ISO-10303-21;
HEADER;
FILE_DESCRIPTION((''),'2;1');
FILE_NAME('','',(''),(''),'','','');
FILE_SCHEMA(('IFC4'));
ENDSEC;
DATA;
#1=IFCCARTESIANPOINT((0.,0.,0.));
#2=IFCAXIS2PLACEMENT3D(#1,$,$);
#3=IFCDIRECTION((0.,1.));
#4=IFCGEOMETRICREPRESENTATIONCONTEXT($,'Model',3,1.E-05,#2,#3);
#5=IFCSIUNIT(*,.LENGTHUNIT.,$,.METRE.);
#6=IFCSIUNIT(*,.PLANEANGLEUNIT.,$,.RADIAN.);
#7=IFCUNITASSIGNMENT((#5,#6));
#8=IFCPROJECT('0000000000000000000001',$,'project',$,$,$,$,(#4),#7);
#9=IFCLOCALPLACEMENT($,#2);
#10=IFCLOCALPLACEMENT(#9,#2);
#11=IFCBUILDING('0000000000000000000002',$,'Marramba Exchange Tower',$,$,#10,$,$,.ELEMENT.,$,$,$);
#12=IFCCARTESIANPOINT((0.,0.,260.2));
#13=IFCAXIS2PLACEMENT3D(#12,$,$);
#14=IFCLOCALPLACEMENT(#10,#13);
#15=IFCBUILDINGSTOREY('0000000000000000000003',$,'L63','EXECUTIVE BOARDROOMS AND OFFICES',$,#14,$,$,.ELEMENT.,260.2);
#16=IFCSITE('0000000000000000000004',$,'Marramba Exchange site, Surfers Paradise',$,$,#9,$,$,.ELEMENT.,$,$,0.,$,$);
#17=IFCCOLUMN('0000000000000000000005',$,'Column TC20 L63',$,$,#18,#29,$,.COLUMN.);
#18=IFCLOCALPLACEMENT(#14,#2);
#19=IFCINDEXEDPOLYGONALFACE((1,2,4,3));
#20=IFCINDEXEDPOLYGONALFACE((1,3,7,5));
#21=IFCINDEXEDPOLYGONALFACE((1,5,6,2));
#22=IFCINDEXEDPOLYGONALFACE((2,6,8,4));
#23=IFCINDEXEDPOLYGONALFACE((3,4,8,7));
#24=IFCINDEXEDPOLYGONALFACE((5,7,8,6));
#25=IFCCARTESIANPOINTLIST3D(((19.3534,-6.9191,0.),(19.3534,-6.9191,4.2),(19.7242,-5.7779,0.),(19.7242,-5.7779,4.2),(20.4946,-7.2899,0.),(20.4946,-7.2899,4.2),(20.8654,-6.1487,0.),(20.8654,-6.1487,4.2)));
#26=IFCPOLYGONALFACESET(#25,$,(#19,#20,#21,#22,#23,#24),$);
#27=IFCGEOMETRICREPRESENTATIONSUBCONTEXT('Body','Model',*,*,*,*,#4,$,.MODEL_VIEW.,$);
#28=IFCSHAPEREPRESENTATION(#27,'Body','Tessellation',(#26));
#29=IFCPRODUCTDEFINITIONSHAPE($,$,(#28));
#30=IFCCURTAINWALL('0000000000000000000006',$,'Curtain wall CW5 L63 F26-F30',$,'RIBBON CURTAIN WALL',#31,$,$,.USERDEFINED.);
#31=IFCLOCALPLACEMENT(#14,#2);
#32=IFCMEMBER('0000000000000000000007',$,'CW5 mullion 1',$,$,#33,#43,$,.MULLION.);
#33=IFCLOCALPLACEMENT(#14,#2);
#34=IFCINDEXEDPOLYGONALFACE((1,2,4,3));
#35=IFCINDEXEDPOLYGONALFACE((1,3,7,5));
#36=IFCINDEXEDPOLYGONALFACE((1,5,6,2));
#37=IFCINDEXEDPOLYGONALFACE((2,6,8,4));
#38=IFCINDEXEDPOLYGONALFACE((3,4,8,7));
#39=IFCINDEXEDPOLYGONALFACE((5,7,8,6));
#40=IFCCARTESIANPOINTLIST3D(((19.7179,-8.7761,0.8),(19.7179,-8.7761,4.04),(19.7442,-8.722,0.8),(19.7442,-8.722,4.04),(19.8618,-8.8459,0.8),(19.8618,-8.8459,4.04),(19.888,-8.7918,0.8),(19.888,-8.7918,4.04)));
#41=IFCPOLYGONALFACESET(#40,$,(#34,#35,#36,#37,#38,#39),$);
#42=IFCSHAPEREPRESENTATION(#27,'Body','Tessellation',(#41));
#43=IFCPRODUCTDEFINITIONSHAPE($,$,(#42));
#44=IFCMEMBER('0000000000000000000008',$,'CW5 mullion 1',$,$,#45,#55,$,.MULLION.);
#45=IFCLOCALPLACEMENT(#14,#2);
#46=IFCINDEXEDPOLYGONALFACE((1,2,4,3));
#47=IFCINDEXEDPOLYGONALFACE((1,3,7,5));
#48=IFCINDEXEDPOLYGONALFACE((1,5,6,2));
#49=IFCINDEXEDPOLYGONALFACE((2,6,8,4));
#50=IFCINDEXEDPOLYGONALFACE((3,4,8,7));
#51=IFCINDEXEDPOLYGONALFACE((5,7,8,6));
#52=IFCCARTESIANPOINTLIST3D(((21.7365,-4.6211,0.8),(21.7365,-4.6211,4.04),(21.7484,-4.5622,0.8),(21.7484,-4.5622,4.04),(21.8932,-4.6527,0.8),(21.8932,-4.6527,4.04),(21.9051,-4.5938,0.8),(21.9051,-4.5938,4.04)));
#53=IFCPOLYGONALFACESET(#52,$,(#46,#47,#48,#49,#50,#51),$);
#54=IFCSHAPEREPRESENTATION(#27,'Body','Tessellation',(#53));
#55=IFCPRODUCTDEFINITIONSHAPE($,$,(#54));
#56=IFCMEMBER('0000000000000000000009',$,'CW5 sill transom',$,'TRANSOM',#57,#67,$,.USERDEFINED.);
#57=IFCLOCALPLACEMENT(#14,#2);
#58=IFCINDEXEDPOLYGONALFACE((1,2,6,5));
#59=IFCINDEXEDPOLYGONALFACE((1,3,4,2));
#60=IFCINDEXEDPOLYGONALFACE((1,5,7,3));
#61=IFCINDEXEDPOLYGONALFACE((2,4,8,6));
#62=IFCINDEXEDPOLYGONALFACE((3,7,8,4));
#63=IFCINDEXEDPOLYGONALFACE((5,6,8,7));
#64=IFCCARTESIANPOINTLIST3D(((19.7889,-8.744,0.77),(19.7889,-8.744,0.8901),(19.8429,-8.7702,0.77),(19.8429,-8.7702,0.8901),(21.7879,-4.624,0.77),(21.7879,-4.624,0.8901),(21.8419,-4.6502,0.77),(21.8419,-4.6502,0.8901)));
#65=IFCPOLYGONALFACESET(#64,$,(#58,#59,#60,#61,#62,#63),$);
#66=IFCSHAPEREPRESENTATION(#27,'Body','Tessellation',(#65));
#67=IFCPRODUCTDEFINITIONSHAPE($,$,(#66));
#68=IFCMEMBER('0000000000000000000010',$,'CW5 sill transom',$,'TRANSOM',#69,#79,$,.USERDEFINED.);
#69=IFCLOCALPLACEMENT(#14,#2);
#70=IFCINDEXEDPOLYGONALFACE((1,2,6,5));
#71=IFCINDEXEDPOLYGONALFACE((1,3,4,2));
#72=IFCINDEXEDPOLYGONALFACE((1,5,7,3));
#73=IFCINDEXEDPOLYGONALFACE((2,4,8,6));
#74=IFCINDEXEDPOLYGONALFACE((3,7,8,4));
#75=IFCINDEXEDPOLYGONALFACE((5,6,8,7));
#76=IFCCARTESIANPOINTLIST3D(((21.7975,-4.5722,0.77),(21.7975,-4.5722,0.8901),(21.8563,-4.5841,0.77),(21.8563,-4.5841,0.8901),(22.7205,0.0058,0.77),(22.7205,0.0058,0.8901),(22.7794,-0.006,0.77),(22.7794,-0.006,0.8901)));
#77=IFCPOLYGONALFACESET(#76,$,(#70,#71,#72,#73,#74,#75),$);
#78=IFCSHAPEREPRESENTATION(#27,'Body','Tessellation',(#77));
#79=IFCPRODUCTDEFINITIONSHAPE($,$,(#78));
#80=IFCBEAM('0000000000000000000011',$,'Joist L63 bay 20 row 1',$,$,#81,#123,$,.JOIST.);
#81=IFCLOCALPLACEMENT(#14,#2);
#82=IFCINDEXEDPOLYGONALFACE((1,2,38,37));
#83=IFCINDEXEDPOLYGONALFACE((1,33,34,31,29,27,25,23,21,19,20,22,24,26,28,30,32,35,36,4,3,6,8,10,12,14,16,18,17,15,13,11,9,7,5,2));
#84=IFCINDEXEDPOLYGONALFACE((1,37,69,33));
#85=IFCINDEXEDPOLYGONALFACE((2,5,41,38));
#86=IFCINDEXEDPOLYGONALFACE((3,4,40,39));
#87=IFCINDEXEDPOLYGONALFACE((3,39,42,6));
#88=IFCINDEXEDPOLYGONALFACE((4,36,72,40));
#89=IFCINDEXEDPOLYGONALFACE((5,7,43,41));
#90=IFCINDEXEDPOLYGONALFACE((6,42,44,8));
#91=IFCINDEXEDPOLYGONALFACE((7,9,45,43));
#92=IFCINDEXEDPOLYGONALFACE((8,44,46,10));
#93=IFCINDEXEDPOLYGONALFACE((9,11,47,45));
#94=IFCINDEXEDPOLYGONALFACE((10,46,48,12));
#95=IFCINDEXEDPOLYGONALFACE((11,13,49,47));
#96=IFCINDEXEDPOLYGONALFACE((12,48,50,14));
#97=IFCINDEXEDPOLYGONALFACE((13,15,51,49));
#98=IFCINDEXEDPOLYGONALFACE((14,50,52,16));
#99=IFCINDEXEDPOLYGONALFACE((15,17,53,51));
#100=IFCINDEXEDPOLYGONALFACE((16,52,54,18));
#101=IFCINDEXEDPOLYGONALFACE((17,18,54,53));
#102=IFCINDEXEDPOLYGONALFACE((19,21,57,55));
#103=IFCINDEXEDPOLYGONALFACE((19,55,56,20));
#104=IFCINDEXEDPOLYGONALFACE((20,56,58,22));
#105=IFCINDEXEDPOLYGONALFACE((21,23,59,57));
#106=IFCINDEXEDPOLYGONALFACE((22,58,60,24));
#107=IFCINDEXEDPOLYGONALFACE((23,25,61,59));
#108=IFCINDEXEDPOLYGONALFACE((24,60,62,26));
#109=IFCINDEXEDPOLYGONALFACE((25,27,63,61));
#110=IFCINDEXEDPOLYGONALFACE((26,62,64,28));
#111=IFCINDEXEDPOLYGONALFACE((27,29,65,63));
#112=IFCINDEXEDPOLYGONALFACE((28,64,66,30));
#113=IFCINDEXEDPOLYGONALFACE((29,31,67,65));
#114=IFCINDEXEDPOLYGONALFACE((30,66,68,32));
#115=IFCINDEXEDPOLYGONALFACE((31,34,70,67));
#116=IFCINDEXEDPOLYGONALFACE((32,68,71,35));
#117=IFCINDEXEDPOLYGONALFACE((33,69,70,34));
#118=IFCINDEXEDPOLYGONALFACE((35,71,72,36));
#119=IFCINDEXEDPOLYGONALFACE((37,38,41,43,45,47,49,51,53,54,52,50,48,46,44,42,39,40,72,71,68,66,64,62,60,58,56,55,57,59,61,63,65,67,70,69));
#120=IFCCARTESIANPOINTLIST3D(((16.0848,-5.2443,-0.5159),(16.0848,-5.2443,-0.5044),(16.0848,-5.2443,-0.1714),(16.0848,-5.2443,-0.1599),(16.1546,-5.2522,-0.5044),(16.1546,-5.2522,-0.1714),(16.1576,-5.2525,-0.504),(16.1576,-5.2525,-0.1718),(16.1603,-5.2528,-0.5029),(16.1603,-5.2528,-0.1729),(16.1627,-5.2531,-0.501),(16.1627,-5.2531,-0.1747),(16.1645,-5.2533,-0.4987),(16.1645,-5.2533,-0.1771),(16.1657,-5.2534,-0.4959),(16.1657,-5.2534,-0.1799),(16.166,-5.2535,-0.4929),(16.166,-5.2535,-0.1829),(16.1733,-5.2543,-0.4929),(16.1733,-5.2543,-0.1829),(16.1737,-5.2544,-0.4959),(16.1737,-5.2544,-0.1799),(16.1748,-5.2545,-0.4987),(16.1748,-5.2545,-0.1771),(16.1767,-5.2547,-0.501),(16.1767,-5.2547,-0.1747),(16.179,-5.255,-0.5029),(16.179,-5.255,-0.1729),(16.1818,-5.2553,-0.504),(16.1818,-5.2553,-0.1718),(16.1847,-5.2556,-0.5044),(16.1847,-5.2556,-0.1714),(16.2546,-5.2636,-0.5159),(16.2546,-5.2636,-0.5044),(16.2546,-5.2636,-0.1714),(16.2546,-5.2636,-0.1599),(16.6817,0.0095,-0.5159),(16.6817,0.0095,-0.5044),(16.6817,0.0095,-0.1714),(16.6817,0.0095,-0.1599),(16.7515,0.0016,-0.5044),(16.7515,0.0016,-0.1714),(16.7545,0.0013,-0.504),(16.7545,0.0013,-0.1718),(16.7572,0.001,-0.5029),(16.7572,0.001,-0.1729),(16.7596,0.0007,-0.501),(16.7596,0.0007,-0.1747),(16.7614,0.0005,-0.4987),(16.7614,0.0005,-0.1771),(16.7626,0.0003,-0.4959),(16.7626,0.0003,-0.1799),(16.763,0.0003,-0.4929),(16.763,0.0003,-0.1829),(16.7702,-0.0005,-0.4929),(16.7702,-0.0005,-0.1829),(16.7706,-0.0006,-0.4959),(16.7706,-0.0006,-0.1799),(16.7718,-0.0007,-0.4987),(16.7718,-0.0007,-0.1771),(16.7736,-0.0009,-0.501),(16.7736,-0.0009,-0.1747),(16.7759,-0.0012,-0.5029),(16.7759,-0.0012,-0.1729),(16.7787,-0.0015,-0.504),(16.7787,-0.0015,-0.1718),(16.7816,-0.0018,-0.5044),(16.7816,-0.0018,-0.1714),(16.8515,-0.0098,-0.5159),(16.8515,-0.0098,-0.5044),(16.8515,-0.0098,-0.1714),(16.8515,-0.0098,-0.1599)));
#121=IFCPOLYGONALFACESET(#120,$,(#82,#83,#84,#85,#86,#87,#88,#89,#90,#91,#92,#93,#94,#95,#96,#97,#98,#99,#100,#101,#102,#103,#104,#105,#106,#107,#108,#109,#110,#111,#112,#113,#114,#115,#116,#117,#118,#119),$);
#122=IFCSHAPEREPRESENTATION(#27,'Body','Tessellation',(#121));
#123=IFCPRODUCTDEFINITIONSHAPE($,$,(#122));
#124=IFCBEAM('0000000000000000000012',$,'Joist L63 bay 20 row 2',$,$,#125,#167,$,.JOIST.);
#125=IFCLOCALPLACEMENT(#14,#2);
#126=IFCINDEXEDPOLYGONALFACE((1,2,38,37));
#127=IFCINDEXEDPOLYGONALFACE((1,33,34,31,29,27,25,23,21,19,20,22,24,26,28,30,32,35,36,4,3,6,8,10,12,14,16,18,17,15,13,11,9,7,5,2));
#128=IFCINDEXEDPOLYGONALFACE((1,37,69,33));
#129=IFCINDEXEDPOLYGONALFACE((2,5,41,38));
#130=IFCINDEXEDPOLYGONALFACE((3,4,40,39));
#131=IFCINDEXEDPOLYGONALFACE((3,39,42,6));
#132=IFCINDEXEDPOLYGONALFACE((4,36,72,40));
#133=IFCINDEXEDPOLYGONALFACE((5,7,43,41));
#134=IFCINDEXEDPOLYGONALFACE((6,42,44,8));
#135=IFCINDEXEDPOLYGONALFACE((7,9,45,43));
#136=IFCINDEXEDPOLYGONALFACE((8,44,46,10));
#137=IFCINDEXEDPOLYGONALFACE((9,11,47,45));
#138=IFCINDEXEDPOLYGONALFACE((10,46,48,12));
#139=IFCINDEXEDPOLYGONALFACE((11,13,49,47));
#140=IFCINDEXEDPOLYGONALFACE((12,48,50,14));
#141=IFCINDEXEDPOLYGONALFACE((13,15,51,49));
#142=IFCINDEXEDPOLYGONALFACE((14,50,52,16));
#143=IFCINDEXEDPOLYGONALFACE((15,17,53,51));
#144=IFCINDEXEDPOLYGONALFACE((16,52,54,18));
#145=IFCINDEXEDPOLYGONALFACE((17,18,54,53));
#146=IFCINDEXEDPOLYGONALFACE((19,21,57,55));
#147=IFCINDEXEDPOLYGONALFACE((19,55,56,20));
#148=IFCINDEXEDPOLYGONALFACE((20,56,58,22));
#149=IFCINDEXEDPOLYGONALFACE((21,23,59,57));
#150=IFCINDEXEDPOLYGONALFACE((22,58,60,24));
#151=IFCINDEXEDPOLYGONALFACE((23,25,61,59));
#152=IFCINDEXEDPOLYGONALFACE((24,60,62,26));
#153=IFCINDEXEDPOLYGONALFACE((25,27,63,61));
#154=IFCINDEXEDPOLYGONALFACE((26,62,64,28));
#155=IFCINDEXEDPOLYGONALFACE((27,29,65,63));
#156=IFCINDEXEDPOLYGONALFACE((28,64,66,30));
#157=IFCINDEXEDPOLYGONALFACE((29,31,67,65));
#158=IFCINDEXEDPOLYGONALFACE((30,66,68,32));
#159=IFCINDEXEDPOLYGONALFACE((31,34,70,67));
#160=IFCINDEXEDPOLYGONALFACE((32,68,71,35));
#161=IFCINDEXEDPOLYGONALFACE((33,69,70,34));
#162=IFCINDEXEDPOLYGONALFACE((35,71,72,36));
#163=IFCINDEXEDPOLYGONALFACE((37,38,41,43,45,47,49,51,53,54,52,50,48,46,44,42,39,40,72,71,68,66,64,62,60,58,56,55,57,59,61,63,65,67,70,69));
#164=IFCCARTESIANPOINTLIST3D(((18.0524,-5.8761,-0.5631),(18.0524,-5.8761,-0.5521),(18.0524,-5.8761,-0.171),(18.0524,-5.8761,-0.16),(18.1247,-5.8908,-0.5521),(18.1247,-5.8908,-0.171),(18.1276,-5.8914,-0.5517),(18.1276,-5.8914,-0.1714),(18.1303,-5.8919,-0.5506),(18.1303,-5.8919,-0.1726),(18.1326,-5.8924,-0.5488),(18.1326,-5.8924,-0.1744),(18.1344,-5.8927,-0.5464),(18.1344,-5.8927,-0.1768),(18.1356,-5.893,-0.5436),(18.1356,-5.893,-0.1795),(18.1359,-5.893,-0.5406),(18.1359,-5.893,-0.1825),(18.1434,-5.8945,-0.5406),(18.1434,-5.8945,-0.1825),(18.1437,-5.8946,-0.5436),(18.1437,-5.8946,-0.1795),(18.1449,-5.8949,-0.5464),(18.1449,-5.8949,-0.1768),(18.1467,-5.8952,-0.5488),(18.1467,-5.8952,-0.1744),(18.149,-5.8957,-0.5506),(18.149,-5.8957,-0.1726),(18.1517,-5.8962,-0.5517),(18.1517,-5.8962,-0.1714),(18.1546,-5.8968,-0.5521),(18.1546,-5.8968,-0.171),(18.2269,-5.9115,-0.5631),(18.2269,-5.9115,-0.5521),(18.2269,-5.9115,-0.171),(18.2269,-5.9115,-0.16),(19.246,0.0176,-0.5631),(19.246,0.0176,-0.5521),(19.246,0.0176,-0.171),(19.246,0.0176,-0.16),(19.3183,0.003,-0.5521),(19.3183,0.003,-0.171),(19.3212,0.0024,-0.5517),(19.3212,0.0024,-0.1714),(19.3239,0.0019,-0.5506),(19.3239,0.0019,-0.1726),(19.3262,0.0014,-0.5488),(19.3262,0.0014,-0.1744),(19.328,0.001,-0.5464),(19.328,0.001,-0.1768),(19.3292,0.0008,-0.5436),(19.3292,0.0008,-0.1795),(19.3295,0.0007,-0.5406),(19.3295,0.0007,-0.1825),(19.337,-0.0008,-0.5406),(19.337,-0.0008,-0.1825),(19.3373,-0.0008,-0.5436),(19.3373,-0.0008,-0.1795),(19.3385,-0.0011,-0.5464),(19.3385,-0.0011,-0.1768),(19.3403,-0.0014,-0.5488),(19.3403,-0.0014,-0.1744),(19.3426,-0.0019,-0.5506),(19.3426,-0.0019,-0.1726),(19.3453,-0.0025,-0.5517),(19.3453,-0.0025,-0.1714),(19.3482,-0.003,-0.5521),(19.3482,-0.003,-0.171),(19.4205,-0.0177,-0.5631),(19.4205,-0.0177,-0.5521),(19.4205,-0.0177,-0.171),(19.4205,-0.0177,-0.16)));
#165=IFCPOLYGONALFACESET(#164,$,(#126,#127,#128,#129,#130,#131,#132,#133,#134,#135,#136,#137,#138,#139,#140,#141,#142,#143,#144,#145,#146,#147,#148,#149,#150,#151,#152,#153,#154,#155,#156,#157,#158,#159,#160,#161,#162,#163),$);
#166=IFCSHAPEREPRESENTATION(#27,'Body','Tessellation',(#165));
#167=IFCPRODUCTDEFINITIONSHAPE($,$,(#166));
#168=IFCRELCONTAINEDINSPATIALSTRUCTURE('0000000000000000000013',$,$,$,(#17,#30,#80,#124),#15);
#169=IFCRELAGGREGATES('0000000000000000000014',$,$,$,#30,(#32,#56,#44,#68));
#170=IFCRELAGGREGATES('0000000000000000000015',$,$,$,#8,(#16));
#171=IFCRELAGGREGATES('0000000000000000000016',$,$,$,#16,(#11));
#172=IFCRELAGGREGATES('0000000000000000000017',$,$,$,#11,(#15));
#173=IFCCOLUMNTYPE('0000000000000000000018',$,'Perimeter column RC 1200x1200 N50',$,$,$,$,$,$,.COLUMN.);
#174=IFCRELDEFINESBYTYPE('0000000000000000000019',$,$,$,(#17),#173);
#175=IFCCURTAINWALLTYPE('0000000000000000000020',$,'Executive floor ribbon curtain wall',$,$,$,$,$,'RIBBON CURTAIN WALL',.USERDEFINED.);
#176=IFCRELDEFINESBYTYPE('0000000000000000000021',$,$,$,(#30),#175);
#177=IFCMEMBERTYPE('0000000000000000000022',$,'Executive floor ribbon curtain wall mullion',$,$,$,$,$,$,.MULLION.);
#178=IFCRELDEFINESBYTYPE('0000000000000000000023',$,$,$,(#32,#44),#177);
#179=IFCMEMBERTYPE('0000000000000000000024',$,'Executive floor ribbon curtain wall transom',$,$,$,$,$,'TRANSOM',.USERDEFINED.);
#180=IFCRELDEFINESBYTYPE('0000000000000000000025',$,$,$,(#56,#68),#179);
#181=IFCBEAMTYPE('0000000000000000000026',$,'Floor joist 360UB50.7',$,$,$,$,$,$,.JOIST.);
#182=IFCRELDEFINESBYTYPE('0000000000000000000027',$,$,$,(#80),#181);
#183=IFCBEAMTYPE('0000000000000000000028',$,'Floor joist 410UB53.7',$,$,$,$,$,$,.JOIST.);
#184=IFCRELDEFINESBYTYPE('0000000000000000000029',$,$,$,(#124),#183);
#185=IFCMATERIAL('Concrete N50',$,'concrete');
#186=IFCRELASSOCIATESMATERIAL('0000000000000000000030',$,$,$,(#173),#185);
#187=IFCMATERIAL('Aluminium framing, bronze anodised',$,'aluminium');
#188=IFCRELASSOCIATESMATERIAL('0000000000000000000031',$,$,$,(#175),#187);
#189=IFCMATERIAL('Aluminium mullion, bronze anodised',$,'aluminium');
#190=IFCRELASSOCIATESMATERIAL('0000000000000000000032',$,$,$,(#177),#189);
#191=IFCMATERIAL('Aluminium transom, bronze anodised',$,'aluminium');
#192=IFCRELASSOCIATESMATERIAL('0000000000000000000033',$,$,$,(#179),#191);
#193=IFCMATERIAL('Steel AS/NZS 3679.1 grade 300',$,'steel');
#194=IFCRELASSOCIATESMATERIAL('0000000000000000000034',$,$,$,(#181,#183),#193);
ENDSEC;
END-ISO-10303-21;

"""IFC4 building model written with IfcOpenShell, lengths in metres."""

from ifc_helpers import new_model, si_unit, direction, frame, origin, origin_2d, place, context, subcontext, project, spatial, rectangle, i_section, extrude, material, material_profile, profile_set, type_object, element, aggregate, save


model = new_model("IFC4")

# Units and contexts
model_context = context("Model", 3, precision=1e-05, world=origin(), true_north=direction((0.0, 1.0)))
body_context = subcontext(model_context, "Body", "Model", "MODEL_VIEW")
ifc_project = project(units=[si_unit("LENGTHUNIT", "METRE"), si_unit("PLANEANGLEUNIT", "RADIAN")], contexts=[model_context])

# Site, building, storey
site_placement = place(None, origin())
site = spatial("IfcSite", under=ifc_project, at=site_placement, Name="Marramba Exchange site, Surfers Paradise", CompositionType="ELEMENT", RefElevation=0.0)
building_placement = place(site_placement, origin())
building = spatial("IfcBuilding", under=site, at=building_placement, Name="Marramba Exchange Tower", CompositionType="ELEMENT")
storey_placement = place(building_placement, frame((0.0, 0.0, 260.2)))
storey = spatial("IfcBuildingStorey", under=building, at=storey_placement, Name="L63", Description="EXECUTIVE BOARDROOMS AND OFFICES", CompositionType="ELEMENT", Elevation=260.2)

# Column
ifc_material_1 = material(Name="Concrete N50", Category="concrete")
ifc_material_profile_1 = material_profile(ifc_material_1, rectangle(XDim=1.2, YDim=1.2, at=origin_2d()), Name="RC 1200x1200")
ifc_profile_set_1 = profile_set([ifc_material_profile_1], Name="Concrete N50")
column_type = type_object("IfcColumnType", Name="Perimeter column RC 1200x1200 N50", PredefinedType="COLUMN", material=ifc_profile_set_1)
column_placement = place(storey_placement, frame((20.1094, -6.5339, 0.0), z_axis=(0.0, 0.0, 1.0), x_axis=(0.951057, -0.309017, 0.0)))
element("IfcColumn", 1, at=column_placement, inside=storey, type_object=column_type, Name="Column TC20 L63", PredefinedType="COLUMN", context=body_context, shape_type="SweptSolid", body=[
    extrude(rectangle(XDim=1.2, YDim=1.2, at=origin_2d()), origin(), (0.0, 0.0, 1.0), 4.2),
])

# Curtain wall, members
ifc_material_2 = material(Name="Aluminium framing, bronze anodised", Category="aluminium")
curtain_wall_type = type_object("IfcCurtainWallType", Name="Executive floor ribbon curtain wall", ElementType="RIBBON CURTAIN WALL", PredefinedType="USERDEFINED", material=ifc_material_2)
curtain_wall_placement = place(storey_placement, origin())
curtain_wall = element("IfcCurtainWall", 2, at=curtain_wall_placement, inside=storey, type_object=curtain_wall_type, Name="Curtain wall CW5 L63 F26-F30", ObjectType="RIBBON CURTAIN WALL", PredefinedType="USERDEFINED")
ifc_material_3 = material(Name="Aluminium mullion, bronze anodised", Category="aluminium")
ifc_material_profile_2 = material_profile(ifc_material_3, rectangle(XDim=0.1599, YDim=0.0601, at=origin_2d()), Name="CW5 mullion 60x160")
ifc_profile_set_2 = profile_set([ifc_material_profile_2], Name="Aluminium mullion, bronze anodised")
member_type_1 = type_object("IfcMemberType", Name="Executive floor ribbon curtain wall mullion", PredefinedType="MULLION", material=ifc_profile_set_2)
member_1_placement = place(storey_placement, frame((19.803, -8.7839, 0.8), z_axis=(0.0, 0.0, 1.0), x_axis=(-0.899697, 0.436515, 0.0)))
member_1 = element("IfcMember", 3, at=member_1_placement, type_object=member_type_1, Name="CW5 mullion 1", PredefinedType="MULLION", context=body_context, shape_type="SweptSolid", body=[
    extrude(rectangle(XDim=0.1599, YDim=0.0601, at=origin_2d()), origin(), (0.0, 0.0, 1.0), 3.24),
])
member_2_placement = place(storey_placement, frame((21.8208, -4.6074, 0.8), z_axis=(0.0, 0.0, 1.0), x_axis=(-0.980269, 0.197671, 0.0)))
member_2 = element("IfcMember", 4, at=member_2_placement, type_object=member_type_1, Name="CW5 mullion 1", PredefinedType="MULLION", context=body_context, shape_type="SweptSolid", body=[
    extrude(rectangle(XDim=0.1599, YDim=0.0601, at=origin_2d()), origin(), (0.0, 0.0, 1.0), 3.24),
])
ifc_material_4 = material(Name="Aluminium transom, bronze anodised", Category="aluminium")
ifc_material_profile_3 = material_profile(ifc_material_4, rectangle(XDim=0.0601, YDim=0.1201, at=origin_2d()), Name="CW5 transom 60x120")
ifc_profile_set_3 = profile_set([ifc_material_profile_3], Name="Aluminium transom, bronze anodised")
member_type_2 = type_object("IfcMemberType", Name="Executive floor ribbon curtain wall transom", ElementType="TRANSOM", PredefinedType="USERDEFINED", material=ifc_profile_set_3)
member_3_placement = place(storey_placement, frame((19.8159, -8.7571, 0.8301), z_axis=(0.436519, 0.899695, 0.0), x_axis=(-0.899695, 0.436519, 0.0)))
member_3 = element("IfcMember", 5, at=member_3_placement, type_object=member_type_2, Name="CW5 sill transom", ObjectType="TRANSOM", PredefinedType="USERDEFINED", context=body_context, shape_type="SweptSolid", body=[
    extrude(rectangle(XDim=0.0601, YDim=0.1201, at=origin_2d()), origin(), (0.0, 0.0, 1.0), 4.5793),
])
member_4_placement = place(storey_placement, frame((21.8269, -4.5781, 0.8301), z_axis=(0.197654, 0.980272, 0.0), x_axis=(-0.980272, 0.197654, 0.0)))
member_4 = element("IfcMember", 6, at=member_4_placement, type_object=member_type_2, Name="CW5 sill transom", ObjectType="TRANSOM", PredefinedType="USERDEFINED", context=body_context, shape_type="SweptSolid", body=[
    extrude(rectangle(XDim=0.0601, YDim=0.1201, at=origin_2d()), origin(), (0.0, 0.0, 1.0), 4.6702),
])

# Beams
ifc_material_5 = material(Name="Steel AS/NZS 3679.1 grade 300", Category="steel")
ifc_material_profile_4 = material_profile(ifc_material_5, i_section(OverallWidth=0.1709, OverallDepth=0.356, WebThickness=0.0073, FlangeThickness=0.0115, FilletRadius=0.0115, at=origin_2d()), Name="360UB50.7")
ifc_profile_set_4 = profile_set([ifc_material_profile_4], Name="Steel AS/NZS 3679.1 grade 300")
beam_type_1 = type_object("IfcBeamType", Name="Floor joist 360UB50.7", PredefinedType="JOIST", material=ifc_profile_set_4)
beam_1_placement = place(storey_placement, frame((16.1697, -5.2539, -0.3379), z_axis=(0.112889, 0.993608, 0.0), x_axis=(-0.993608, 0.112889, 0.0)))
element("IfcBeam", 7, at=beam_1_placement, inside=storey, type_object=beam_type_1, Name="Joist L63 bay 20 row 1", PredefinedType="JOIST", context=body_context, shape_type="SweptSolid", body=[
    extrude(i_section(OverallWidth=0.1709, OverallDepth=0.356, WebThickness=0.0073, FlangeThickness=0.0115, FilletRadius=0.0115, at=origin_2d()), origin(), (0.0, 0.0, 1.0), 5.2876),
])
ifc_material_profile_5 = material_profile(ifc_material_5, i_section(OverallWidth=0.178, OverallDepth=0.4031, WebThickness=0.0076, FlangeThickness=0.011, FilletRadius=0.0115, at=origin_2d()), Name="410UB53.7")
ifc_profile_set_5 = profile_set([ifc_material_profile_5], Name="Steel AS/NZS 3679.1 grade 300")
beam_type_2 = type_object("IfcBeamType", Name="Floor joist 410UB53.7", PredefinedType="JOIST", material=ifc_profile_set_5)
beam_2_placement = place(storey_placement, frame((18.1396, -5.8938, -0.3616), z_axis=(0.198489, 0.980103, 0.0), x_axis=(-0.980103, 0.198489, 0.0)))
element("IfcBeam", 8, at=beam_2_placement, inside=storey, type_object=beam_type_2, Name="Joist L63 bay 20 row 2", PredefinedType="JOIST", context=body_context, shape_type="SweptSolid", body=[
    extrude(i_section(OverallWidth=0.178, OverallDepth=0.4031, WebThickness=0.0076, FlangeThickness=0.011, FilletRadius=0.0115, at=origin_2d()), origin(), (0.0, 0.0, 1.0), 6.0134),
])

aggregate(curtain_wall, [member_1, member_3, member_2, member_4])

save(model, "model.ifc")
